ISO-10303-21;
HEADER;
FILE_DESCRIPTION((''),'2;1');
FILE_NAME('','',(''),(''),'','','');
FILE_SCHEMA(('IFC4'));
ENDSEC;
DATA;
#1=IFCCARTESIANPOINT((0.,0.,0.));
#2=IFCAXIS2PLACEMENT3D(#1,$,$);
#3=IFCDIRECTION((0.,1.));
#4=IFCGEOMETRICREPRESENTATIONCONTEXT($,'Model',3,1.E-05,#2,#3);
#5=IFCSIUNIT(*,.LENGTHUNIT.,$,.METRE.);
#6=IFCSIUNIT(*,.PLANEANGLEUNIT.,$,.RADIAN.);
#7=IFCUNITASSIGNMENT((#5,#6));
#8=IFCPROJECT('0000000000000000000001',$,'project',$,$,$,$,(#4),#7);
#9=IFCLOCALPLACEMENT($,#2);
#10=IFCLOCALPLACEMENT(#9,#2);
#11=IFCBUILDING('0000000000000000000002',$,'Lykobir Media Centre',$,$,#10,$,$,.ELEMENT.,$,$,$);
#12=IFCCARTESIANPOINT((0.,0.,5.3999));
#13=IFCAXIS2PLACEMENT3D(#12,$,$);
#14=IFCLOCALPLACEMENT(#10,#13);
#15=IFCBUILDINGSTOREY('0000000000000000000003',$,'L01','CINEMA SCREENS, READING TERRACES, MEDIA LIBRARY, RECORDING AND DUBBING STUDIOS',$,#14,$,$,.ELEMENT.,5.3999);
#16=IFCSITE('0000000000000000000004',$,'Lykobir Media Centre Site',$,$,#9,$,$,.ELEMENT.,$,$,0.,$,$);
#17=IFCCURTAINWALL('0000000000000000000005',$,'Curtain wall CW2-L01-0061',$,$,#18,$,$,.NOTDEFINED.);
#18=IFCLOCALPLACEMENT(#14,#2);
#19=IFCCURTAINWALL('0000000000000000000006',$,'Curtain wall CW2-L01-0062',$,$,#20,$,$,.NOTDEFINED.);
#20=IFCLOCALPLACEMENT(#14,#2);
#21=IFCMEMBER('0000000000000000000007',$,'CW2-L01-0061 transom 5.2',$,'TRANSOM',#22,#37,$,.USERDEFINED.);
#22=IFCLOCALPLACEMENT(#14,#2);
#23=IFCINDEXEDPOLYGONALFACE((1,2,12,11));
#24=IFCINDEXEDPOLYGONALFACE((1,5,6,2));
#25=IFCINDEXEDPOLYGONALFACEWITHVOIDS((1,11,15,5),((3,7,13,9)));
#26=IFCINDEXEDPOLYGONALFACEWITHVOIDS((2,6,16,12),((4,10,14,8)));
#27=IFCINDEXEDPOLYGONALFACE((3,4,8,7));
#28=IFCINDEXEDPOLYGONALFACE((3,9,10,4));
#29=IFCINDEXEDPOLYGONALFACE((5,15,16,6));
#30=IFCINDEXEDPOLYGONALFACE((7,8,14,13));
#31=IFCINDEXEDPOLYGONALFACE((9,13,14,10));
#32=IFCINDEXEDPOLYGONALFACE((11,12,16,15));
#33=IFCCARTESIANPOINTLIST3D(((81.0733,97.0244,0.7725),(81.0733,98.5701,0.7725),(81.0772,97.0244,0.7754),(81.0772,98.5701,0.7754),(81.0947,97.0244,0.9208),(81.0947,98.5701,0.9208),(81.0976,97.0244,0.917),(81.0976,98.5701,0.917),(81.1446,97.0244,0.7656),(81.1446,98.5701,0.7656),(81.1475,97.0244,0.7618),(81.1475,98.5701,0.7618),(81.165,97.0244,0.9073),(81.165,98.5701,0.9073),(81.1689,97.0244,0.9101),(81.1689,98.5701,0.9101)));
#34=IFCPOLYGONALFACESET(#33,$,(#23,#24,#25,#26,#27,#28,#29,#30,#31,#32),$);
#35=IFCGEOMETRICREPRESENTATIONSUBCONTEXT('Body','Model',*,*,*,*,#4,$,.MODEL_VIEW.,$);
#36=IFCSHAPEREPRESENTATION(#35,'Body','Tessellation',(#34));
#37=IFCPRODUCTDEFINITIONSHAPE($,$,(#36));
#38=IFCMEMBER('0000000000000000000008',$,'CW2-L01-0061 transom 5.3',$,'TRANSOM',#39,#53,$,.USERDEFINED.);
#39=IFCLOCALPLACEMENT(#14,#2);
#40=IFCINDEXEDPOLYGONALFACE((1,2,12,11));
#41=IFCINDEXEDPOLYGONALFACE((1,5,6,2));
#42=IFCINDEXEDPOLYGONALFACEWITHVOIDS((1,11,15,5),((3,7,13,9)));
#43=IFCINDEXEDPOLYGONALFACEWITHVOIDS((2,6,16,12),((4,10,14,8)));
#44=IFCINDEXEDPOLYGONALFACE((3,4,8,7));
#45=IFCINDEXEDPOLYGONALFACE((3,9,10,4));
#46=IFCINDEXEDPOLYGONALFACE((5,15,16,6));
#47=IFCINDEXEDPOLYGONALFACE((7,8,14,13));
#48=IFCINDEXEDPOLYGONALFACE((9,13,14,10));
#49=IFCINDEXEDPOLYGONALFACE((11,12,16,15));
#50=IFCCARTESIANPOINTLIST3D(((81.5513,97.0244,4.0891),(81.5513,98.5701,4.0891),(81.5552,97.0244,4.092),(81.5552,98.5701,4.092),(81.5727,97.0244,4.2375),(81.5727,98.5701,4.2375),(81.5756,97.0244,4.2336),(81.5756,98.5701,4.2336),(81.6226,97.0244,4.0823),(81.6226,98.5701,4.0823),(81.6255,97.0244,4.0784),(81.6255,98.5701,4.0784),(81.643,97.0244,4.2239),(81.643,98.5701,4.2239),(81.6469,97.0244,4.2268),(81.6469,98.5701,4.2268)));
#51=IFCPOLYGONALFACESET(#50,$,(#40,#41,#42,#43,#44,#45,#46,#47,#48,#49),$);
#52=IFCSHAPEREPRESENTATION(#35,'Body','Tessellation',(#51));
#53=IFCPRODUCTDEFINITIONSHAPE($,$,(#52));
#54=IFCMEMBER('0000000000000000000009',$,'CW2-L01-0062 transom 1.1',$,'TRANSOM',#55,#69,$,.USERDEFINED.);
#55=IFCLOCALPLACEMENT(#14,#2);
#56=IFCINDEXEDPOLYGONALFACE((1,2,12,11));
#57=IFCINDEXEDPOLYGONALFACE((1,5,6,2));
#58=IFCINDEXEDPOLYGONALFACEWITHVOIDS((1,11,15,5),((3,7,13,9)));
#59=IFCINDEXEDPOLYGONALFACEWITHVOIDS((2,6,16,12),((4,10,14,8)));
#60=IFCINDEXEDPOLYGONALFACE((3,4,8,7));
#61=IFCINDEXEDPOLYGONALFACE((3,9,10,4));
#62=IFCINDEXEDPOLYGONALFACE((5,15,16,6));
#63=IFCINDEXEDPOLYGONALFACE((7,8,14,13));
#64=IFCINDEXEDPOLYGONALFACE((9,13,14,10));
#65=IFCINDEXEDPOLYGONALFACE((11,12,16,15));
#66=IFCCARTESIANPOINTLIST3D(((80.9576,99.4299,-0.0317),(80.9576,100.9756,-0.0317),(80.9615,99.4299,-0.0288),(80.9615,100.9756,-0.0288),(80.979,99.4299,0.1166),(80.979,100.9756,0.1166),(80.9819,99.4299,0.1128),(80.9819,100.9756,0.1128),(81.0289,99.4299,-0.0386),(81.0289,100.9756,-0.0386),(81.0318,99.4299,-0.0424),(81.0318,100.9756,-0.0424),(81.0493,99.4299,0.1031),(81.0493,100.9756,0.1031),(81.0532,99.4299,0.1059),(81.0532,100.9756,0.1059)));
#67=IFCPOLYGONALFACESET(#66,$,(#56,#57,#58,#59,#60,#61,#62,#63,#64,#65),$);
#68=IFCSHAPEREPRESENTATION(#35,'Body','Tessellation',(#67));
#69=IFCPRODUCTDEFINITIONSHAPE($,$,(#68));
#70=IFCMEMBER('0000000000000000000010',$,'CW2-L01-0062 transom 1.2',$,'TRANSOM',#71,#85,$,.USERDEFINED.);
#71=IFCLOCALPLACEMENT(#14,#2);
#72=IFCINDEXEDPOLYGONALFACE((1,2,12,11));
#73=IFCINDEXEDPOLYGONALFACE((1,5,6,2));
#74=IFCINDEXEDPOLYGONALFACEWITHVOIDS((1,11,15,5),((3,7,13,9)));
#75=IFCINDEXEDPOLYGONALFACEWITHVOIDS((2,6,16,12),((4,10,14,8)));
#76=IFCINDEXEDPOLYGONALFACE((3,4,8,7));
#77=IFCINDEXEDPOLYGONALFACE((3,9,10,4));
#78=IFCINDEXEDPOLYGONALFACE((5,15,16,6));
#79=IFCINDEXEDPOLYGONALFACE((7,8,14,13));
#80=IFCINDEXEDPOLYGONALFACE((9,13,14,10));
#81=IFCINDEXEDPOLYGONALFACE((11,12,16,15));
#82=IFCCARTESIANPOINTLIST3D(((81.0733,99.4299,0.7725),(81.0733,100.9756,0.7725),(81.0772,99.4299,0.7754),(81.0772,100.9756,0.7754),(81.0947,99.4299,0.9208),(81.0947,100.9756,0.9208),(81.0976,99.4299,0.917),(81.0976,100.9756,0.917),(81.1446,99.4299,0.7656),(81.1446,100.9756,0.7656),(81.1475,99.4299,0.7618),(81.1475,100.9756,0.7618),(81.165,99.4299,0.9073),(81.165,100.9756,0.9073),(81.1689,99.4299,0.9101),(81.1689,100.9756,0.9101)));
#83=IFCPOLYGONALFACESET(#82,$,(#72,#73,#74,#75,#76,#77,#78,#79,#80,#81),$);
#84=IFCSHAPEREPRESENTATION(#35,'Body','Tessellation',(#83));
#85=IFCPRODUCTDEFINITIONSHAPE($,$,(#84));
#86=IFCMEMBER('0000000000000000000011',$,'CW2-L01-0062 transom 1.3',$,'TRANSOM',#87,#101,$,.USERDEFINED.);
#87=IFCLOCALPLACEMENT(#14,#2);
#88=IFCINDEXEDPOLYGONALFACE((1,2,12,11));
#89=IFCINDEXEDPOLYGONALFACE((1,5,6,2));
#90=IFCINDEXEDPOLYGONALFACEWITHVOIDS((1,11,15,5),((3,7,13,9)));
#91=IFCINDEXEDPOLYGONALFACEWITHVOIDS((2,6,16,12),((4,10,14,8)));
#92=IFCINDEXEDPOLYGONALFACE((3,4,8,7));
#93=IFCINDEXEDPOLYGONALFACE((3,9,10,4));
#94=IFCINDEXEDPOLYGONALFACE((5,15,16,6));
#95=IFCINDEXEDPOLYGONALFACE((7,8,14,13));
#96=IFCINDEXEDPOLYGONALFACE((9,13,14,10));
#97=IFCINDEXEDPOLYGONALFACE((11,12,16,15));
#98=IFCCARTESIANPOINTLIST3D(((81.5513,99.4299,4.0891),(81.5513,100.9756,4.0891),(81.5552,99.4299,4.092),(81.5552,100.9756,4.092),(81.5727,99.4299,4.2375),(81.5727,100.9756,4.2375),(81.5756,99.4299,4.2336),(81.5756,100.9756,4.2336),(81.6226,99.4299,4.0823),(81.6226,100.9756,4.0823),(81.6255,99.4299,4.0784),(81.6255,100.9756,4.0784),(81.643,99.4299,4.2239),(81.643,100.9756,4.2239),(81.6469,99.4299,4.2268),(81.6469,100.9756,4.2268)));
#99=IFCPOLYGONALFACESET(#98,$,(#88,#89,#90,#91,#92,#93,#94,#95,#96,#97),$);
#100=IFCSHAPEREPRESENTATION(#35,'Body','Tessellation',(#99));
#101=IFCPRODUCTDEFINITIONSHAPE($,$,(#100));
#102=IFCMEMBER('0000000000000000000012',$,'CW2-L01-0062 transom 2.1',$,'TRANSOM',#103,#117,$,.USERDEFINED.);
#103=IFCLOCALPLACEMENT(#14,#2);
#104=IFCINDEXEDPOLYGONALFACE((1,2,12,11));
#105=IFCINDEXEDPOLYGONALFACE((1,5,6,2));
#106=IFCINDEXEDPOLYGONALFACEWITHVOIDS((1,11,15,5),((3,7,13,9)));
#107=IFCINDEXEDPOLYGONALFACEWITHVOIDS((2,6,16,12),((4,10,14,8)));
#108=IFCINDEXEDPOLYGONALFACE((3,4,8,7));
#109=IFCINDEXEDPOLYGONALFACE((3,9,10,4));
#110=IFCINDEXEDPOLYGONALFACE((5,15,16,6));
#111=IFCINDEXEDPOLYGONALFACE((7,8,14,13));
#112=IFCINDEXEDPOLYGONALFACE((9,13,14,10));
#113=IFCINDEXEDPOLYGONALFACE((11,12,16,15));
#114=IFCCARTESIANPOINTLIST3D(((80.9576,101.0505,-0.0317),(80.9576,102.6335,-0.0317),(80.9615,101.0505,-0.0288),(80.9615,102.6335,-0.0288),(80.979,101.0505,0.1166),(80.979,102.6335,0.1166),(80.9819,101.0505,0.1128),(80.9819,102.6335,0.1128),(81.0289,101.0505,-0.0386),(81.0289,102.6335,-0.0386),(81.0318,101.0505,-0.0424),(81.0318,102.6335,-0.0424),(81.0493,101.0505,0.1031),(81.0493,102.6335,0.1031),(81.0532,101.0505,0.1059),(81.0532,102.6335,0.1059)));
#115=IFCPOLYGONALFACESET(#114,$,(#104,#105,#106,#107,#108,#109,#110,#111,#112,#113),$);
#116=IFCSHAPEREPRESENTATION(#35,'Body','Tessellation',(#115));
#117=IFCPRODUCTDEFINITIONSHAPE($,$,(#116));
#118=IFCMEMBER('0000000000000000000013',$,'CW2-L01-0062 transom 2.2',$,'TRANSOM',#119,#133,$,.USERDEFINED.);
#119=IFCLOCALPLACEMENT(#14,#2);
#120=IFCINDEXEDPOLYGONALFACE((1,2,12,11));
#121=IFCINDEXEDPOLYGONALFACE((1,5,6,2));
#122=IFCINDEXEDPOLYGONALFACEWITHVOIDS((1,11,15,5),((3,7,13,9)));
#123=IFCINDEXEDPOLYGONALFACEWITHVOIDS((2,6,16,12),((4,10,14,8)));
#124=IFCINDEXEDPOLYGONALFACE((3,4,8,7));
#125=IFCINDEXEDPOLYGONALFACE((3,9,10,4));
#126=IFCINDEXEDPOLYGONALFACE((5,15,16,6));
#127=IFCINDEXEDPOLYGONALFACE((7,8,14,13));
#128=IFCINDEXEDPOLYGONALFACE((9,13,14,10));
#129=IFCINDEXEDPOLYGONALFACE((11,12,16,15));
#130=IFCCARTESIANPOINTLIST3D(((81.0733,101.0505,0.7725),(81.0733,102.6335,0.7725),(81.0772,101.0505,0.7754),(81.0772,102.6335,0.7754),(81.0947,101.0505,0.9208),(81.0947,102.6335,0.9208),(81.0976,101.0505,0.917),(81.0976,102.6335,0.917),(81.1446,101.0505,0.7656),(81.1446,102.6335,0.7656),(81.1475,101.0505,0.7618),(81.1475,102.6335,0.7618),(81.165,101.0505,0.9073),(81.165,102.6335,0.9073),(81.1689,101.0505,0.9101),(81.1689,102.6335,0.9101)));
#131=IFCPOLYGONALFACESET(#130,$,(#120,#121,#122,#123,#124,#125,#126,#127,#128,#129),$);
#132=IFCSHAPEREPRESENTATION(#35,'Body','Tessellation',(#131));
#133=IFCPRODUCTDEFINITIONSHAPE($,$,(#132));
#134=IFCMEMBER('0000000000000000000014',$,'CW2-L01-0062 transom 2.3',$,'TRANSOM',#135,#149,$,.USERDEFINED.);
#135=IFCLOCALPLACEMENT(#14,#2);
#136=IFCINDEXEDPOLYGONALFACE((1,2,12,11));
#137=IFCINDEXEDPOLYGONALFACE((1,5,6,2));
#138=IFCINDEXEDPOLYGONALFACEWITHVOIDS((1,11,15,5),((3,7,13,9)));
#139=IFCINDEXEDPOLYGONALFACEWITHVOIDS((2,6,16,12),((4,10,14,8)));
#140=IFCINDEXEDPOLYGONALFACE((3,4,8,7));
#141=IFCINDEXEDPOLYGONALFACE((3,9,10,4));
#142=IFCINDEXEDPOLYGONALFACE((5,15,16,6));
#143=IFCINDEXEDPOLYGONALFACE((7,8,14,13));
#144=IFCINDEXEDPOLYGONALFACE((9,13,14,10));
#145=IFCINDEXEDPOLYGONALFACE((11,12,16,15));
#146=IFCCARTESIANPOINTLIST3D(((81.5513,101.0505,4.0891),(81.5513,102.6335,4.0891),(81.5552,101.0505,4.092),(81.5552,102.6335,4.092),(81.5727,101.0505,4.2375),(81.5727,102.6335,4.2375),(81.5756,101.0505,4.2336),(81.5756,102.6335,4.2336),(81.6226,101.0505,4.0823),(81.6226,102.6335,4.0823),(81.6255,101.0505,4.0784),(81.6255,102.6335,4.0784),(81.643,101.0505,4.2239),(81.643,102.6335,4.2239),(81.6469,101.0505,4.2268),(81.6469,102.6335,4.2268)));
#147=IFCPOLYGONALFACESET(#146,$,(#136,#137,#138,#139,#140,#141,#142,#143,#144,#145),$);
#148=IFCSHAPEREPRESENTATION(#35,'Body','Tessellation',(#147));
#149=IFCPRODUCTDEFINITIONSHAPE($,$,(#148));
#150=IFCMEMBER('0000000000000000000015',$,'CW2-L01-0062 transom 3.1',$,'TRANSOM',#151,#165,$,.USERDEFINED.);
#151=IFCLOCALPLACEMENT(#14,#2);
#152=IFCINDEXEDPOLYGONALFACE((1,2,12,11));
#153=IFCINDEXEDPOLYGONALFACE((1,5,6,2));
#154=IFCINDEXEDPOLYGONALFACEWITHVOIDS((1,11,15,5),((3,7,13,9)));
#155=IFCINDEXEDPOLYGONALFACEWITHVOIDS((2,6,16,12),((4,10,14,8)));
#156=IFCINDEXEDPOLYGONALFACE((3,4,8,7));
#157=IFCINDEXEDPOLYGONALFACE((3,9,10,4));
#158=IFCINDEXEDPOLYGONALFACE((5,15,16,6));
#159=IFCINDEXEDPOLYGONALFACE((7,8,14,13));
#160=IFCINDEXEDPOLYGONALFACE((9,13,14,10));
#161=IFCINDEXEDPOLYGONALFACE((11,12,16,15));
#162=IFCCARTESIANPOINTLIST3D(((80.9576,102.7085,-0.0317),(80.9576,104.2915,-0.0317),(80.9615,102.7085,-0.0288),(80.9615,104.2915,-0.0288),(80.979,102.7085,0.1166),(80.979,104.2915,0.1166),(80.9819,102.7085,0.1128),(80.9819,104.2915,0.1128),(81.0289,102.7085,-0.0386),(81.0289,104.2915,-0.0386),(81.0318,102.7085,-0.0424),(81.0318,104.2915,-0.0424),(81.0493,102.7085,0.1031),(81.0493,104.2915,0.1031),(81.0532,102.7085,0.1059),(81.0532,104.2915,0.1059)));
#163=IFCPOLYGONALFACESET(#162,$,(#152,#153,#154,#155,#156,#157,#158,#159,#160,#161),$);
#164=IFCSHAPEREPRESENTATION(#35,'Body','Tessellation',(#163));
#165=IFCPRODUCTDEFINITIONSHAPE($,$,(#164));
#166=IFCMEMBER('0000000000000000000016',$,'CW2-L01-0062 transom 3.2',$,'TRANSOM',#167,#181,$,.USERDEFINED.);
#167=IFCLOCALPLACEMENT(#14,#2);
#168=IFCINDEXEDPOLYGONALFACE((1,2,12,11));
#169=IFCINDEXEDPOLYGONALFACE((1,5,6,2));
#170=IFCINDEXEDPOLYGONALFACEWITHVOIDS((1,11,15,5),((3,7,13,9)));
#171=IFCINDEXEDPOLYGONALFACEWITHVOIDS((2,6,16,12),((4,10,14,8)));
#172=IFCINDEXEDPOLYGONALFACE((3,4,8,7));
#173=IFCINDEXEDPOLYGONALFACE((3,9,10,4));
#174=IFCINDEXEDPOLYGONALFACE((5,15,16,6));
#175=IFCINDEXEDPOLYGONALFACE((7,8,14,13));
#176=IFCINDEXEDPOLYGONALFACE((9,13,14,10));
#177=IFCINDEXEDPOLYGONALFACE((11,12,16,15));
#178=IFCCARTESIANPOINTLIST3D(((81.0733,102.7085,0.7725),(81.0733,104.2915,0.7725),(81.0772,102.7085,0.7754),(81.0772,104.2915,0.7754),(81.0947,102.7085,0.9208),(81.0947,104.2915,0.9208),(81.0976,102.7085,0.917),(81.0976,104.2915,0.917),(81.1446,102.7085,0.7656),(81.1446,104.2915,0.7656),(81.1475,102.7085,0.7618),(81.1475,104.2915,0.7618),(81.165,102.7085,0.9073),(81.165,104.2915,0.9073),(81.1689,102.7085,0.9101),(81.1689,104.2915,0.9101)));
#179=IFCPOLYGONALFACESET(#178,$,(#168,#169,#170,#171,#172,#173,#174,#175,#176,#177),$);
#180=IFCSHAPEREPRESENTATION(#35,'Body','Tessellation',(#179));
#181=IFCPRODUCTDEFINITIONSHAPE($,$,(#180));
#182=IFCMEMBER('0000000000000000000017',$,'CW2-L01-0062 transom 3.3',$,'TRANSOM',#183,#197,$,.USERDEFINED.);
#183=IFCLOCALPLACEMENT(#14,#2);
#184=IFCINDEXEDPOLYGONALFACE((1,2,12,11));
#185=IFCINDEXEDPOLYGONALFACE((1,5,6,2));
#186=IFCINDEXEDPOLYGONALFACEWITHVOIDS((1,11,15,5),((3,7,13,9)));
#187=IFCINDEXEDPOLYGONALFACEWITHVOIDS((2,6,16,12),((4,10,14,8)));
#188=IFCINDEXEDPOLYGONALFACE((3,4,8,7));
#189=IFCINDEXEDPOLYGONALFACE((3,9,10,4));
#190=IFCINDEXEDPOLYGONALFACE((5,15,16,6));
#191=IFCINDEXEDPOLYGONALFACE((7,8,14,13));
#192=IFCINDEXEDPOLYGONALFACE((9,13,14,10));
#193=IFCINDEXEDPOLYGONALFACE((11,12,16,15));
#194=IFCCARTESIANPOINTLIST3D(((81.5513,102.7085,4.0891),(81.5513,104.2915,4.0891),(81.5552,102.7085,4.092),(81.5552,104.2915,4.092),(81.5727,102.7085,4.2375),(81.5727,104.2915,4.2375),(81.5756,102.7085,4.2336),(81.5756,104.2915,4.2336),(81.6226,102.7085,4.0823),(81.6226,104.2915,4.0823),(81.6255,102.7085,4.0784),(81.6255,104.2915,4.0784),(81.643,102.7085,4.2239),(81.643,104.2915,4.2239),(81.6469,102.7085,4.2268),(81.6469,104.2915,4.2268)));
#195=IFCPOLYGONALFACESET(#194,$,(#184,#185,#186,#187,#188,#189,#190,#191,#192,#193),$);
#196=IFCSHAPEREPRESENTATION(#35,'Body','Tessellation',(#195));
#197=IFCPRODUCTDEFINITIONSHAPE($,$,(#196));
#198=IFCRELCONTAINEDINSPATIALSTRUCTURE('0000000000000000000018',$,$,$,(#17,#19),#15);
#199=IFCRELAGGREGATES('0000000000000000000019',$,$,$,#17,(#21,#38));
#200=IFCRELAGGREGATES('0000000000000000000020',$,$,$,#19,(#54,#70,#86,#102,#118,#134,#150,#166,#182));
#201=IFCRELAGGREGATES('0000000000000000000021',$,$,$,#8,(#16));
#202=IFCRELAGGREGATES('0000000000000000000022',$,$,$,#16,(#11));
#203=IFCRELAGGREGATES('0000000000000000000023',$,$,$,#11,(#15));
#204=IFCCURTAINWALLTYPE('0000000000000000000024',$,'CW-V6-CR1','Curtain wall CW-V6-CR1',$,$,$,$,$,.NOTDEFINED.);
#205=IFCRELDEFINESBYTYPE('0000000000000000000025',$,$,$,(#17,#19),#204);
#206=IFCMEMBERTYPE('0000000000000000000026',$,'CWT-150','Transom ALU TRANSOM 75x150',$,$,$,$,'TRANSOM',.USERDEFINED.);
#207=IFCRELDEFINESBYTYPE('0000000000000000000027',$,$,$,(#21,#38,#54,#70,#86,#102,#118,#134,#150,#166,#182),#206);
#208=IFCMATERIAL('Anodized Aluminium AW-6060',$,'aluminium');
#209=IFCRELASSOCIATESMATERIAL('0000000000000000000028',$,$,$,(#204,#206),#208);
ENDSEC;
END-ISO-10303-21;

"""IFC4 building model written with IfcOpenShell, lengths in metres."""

from ifc_helpers import new_model, si_unit, direction, frame, origin, origin_2d, place, context, subcontext, project, spatial, hollow_rectangle, extrude, material, material_profile, profile_set, type_object, element, aggregate, save


model = new_model("IFC4")

# Units and contexts
model_context = context("Model", 3, precision=1e-05, world=origin(), true_north=direction((0.0, 1.0)))
body_context = subcontext(model_context, "Body", "Model", "MODEL_VIEW")
ifc_project = project(units=[si_unit("LENGTHUNIT", "METRE"), si_unit("PLANEANGLEUNIT", "RADIAN")], contexts=[model_context])

# Site, building, storey
site_placement = place(None, origin())
site = spatial("IfcSite", under=ifc_project, at=site_placement, Name="Lykobir Media Centre Site", CompositionType="ELEMENT", RefElevation=0.0)
building_placement = place(site_placement, origin())
building = spatial("IfcBuilding", under=site, at=building_placement, Name="Lykobir Media Centre", CompositionType="ELEMENT")
storey_placement = place(building_placement, frame((0.0, 0.0, 5.3999)))
storey = spatial("IfcBuildingStorey", under=building, at=storey_placement, Name="L01", Description="CINEMA SCREENS, READING TERRACES, MEDIA LIBRARY, RECORDING AND DUBBING STUDIOS", CompositionType="ELEMENT", Elevation=5.3999)

# Curtain walls
ifc_material_1 = material(Name="Anodized Aluminium AW-6060", Category="aluminium")
curtain_wall_type = type_object("IfcCurtainWallType", Name="CW-V6-CR1", Description="Curtain wall CW-V6-CR1", PredefinedType="NOTDEFINED", material=ifc_material_1)
curtain_wall_1_placement = place(storey_placement, origin())
curtain_wall_1 = element("IfcCurtainWall", 1, at=curtain_wall_1_placement, inside=storey, type_object=curtain_wall_type, Name="Curtain wall CW2-L01-0061", PredefinedType="NOTDEFINED")
curtain_wall_2_placement = place(storey_placement, origin())
curtain_wall_2 = element("IfcCurtainWall", 2, at=curtain_wall_2_placement, inside=storey, type_object=curtain_wall_type, Name="Curtain wall CW2-L01-0062", PredefinedType="NOTDEFINED")

# Members
ifc_material_profile_1 = material_profile(ifc_material_1, hollow_rectangle(XDim=0.075, YDim=0.1499, WallThickness=0.0034, at=origin_2d()), Name="ALU TRANSOM 75x150")
ifc_profile_set_1 = profile_set([ifc_material_profile_1], Name="Anodized Aluminium AW-6060")
member_type_1 = type_object("IfcMemberType", Name="CWT-150", Description="Transom ALU TRANSOM 75x150", ElementType="TRANSOM", PredefinedType="USERDEFINED", material=ifc_profile_set_1)
member_1_placement = place(storey_placement, frame((81.1211, 97.0244, 0.8413), z_axis=(0.0, 1.0, 0.0), x_axis=(-0.989776, 0.0, 0.142629)))
member_1 = element("IfcMember", 3, at=member_1_placement, type_object=member_type_1, Name="CW2-L01-0061 transom 5.2", ObjectType="TRANSOM", PredefinedType="USERDEFINED", context=body_context, shape_type="SweptSolid", body=[
    extrude(hollow_rectangle(XDim=0.075, YDim=0.1499, WallThickness=0.0034, at=origin_2d()), origin(), (0.0, 0.0, 1.0), 1.5457),
])
member_2_placement = place(storey_placement, frame((81.5991, 97.0244, 4.158), z_axis=(0.0, 1.0, 0.0), x_axis=(-0.989776, 0.0, 0.142629)))
member_2 = element("IfcMember", 4, at=member_2_placement, type_object=member_type_1, Name="CW2-L01-0061 transom 5.3", ObjectType="TRANSOM", PredefinedType="USERDEFINED", context=body_context, shape_type="SweptSolid", body=[
    extrude(hollow_rectangle(XDim=0.075, YDim=0.1499, WallThickness=0.0034, at=origin_2d()), origin(), (0.0, 0.0, 1.0), 1.5457),
])
member_3_placement = place(storey_placement, frame((81.0054, 99.4299, 0.0371), z_axis=(0.0, 1.0, 0.0), x_axis=(-0.989776, 0.0, 0.142629)))
member_3 = element("IfcMember", 5, at=member_3_placement, type_object=member_type_1, Name="CW2-L01-0062 transom 1.1", ObjectType="TRANSOM", PredefinedType="USERDEFINED", context=body_context, shape_type="SweptSolid", body=[
    extrude(hollow_rectangle(XDim=0.075, YDim=0.1499, WallThickness=0.0034, at=origin_2d()), origin(), (0.0, 0.0, 1.0), 1.5457),
])
member_4_placement = place(storey_placement, frame((81.1211, 99.4299, 0.8413), z_axis=(0.0, 1.0, 0.0), x_axis=(-0.989776, 0.0, 0.142629)))
member_4 = element("IfcMember", 6, at=member_4_placement, type_object=member_type_1, Name="CW2-L01-0062 transom 1.2", ObjectType="TRANSOM", PredefinedType="USERDEFINED", context=body_context, shape_type="SweptSolid", body=[
    extrude(hollow_rectangle(XDim=0.075, YDim=0.1499, WallThickness=0.0034, at=origin_2d()), origin(), (0.0, 0.0, 1.0), 1.5457),
])
member_5_placement = place(storey_placement, frame((81.5991, 99.4299, 4.158), z_axis=(0.0, 1.0, 0.0), x_axis=(-0.989776, 0.0, 0.142629)))
member_5 = element("IfcMember", 7, at=member_5_placement, type_object=member_type_1, Name="CW2-L01-0062 transom 1.3", ObjectType="TRANSOM", PredefinedType="USERDEFINED", context=body_context, shape_type="SweptSolid", body=[
    extrude(hollow_rectangle(XDim=0.075, YDim=0.1499, WallThickness=0.0034, at=origin_2d()), origin(), (0.0, 0.0, 1.0), 1.5457),
])
member_6_placement = place(storey_placement, frame((81.0054, 101.0505, 0.0371), z_axis=(0.0, 1.0, 0.0), x_axis=(-0.989776, 0.0, 0.142629)))
member_6 = element("IfcMember", 8, at=member_6_placement, type_object=member_type_1, Name="CW2-L01-0062 transom 2.1", ObjectType="TRANSOM", PredefinedType="USERDEFINED", context=body_context, shape_type="SweptSolid", body=[
    extrude(hollow_rectangle(XDim=0.075, YDim=0.1499, WallThickness=0.0034, at=origin_2d()), origin(), (0.0, 0.0, 1.0), 1.583),
])
member_7_placement = place(storey_placement, frame((81.1211, 101.0505, 0.8413), z_axis=(0.0, 1.0, 0.0), x_axis=(-0.989776, 0.0, 0.142629)))
member_7 = element("IfcMember", 9, at=member_7_placement, type_object=member_type_1, Name="CW2-L01-0062 transom 2.2", ObjectType="TRANSOM", PredefinedType="USERDEFINED", context=body_context, shape_type="SweptSolid", body=[
    extrude(hollow_rectangle(XDim=0.075, YDim=0.1499, WallThickness=0.0034, at=origin_2d()), origin(), (0.0, 0.0, 1.0), 1.583),
])
member_8_placement = place(storey_placement, frame((81.5991, 101.0505, 4.158), z_axis=(0.0, 1.0, 0.0), x_axis=(-0.989776, 0.0, 0.142629)))
member_8 = element("IfcMember", 10, at=member_8_placement, type_object=member_type_1, Name="CW2-L01-0062 transom 2.3", ObjectType="TRANSOM", PredefinedType="USERDEFINED", context=body_context, shape_type="SweptSolid", body=[
    extrude(hollow_rectangle(XDim=0.075, YDim=0.1499, WallThickness=0.0034, at=origin_2d()), origin(), (0.0, 0.0, 1.0), 1.583),
])
member_9_placement = place(storey_placement, frame((81.0054, 102.7085, 0.0371), z_axis=(0.0, 1.0, 0.0), x_axis=(-0.989776, 0.0, 0.142629)))
member_9 = element("IfcMember", 11, at=member_9_placement, type_object=member_type_1, Name="CW2-L01-0062 transom 3.1", ObjectType="TRANSOM", PredefinedType="USERDEFINED", context=body_context, shape_type="SweptSolid", body=[
    extrude(hollow_rectangle(XDim=0.075, YDim=0.1499, WallThickness=0.0034, at=origin_2d()), origin(), (0.0, 0.0, 1.0), 1.583),
])
member_10_placement = place(storey_placement, frame((81.1211, 102.7085, 0.8413), z_axis=(0.0, 1.0, 0.0), x_axis=(-0.989776, 0.0, 0.142629)))
member_10 = element("IfcMember", 12, at=member_10_placement, type_object=member_type_1, Name="CW2-L01-0062 transom 3.2", ObjectType="TRANSOM", PredefinedType="USERDEFINED", context=body_context, shape_type="SweptSolid", body=[
    extrude(hollow_rectangle(XDim=0.075, YDim=0.1499, WallThickness=0.0034, at=origin_2d()), origin(), (0.0, 0.0, 1.0), 1.583),
])
member_11_placement = place(storey_placement, frame((81.5991, 102.7085, 4.158), z_axis=(0.0, 1.0, 0.0), x_axis=(-0.989776, 0.0, 0.142629)))
member_11 = element("IfcMember", 13, at=member_11_placement, type_object=member_type_1, Name="CW2-L01-0062 transom 3.3", ObjectType="TRANSOM", PredefinedType="USERDEFINED", context=body_context, shape_type="SweptSolid", body=[
    extrude(hollow_rectangle(XDim=0.075, YDim=0.1499, WallThickness=0.0034, at=origin_2d()), origin(), (0.0, 0.0, 1.0), 1.583),
])

aggregate(curtain_wall_1, [member_1, member_2])
aggregate(curtain_wall_2, [member_3, member_4, member_5, member_6, member_7, member_8, member_9, member_10, member_11])

save(model, "model.ifc")
